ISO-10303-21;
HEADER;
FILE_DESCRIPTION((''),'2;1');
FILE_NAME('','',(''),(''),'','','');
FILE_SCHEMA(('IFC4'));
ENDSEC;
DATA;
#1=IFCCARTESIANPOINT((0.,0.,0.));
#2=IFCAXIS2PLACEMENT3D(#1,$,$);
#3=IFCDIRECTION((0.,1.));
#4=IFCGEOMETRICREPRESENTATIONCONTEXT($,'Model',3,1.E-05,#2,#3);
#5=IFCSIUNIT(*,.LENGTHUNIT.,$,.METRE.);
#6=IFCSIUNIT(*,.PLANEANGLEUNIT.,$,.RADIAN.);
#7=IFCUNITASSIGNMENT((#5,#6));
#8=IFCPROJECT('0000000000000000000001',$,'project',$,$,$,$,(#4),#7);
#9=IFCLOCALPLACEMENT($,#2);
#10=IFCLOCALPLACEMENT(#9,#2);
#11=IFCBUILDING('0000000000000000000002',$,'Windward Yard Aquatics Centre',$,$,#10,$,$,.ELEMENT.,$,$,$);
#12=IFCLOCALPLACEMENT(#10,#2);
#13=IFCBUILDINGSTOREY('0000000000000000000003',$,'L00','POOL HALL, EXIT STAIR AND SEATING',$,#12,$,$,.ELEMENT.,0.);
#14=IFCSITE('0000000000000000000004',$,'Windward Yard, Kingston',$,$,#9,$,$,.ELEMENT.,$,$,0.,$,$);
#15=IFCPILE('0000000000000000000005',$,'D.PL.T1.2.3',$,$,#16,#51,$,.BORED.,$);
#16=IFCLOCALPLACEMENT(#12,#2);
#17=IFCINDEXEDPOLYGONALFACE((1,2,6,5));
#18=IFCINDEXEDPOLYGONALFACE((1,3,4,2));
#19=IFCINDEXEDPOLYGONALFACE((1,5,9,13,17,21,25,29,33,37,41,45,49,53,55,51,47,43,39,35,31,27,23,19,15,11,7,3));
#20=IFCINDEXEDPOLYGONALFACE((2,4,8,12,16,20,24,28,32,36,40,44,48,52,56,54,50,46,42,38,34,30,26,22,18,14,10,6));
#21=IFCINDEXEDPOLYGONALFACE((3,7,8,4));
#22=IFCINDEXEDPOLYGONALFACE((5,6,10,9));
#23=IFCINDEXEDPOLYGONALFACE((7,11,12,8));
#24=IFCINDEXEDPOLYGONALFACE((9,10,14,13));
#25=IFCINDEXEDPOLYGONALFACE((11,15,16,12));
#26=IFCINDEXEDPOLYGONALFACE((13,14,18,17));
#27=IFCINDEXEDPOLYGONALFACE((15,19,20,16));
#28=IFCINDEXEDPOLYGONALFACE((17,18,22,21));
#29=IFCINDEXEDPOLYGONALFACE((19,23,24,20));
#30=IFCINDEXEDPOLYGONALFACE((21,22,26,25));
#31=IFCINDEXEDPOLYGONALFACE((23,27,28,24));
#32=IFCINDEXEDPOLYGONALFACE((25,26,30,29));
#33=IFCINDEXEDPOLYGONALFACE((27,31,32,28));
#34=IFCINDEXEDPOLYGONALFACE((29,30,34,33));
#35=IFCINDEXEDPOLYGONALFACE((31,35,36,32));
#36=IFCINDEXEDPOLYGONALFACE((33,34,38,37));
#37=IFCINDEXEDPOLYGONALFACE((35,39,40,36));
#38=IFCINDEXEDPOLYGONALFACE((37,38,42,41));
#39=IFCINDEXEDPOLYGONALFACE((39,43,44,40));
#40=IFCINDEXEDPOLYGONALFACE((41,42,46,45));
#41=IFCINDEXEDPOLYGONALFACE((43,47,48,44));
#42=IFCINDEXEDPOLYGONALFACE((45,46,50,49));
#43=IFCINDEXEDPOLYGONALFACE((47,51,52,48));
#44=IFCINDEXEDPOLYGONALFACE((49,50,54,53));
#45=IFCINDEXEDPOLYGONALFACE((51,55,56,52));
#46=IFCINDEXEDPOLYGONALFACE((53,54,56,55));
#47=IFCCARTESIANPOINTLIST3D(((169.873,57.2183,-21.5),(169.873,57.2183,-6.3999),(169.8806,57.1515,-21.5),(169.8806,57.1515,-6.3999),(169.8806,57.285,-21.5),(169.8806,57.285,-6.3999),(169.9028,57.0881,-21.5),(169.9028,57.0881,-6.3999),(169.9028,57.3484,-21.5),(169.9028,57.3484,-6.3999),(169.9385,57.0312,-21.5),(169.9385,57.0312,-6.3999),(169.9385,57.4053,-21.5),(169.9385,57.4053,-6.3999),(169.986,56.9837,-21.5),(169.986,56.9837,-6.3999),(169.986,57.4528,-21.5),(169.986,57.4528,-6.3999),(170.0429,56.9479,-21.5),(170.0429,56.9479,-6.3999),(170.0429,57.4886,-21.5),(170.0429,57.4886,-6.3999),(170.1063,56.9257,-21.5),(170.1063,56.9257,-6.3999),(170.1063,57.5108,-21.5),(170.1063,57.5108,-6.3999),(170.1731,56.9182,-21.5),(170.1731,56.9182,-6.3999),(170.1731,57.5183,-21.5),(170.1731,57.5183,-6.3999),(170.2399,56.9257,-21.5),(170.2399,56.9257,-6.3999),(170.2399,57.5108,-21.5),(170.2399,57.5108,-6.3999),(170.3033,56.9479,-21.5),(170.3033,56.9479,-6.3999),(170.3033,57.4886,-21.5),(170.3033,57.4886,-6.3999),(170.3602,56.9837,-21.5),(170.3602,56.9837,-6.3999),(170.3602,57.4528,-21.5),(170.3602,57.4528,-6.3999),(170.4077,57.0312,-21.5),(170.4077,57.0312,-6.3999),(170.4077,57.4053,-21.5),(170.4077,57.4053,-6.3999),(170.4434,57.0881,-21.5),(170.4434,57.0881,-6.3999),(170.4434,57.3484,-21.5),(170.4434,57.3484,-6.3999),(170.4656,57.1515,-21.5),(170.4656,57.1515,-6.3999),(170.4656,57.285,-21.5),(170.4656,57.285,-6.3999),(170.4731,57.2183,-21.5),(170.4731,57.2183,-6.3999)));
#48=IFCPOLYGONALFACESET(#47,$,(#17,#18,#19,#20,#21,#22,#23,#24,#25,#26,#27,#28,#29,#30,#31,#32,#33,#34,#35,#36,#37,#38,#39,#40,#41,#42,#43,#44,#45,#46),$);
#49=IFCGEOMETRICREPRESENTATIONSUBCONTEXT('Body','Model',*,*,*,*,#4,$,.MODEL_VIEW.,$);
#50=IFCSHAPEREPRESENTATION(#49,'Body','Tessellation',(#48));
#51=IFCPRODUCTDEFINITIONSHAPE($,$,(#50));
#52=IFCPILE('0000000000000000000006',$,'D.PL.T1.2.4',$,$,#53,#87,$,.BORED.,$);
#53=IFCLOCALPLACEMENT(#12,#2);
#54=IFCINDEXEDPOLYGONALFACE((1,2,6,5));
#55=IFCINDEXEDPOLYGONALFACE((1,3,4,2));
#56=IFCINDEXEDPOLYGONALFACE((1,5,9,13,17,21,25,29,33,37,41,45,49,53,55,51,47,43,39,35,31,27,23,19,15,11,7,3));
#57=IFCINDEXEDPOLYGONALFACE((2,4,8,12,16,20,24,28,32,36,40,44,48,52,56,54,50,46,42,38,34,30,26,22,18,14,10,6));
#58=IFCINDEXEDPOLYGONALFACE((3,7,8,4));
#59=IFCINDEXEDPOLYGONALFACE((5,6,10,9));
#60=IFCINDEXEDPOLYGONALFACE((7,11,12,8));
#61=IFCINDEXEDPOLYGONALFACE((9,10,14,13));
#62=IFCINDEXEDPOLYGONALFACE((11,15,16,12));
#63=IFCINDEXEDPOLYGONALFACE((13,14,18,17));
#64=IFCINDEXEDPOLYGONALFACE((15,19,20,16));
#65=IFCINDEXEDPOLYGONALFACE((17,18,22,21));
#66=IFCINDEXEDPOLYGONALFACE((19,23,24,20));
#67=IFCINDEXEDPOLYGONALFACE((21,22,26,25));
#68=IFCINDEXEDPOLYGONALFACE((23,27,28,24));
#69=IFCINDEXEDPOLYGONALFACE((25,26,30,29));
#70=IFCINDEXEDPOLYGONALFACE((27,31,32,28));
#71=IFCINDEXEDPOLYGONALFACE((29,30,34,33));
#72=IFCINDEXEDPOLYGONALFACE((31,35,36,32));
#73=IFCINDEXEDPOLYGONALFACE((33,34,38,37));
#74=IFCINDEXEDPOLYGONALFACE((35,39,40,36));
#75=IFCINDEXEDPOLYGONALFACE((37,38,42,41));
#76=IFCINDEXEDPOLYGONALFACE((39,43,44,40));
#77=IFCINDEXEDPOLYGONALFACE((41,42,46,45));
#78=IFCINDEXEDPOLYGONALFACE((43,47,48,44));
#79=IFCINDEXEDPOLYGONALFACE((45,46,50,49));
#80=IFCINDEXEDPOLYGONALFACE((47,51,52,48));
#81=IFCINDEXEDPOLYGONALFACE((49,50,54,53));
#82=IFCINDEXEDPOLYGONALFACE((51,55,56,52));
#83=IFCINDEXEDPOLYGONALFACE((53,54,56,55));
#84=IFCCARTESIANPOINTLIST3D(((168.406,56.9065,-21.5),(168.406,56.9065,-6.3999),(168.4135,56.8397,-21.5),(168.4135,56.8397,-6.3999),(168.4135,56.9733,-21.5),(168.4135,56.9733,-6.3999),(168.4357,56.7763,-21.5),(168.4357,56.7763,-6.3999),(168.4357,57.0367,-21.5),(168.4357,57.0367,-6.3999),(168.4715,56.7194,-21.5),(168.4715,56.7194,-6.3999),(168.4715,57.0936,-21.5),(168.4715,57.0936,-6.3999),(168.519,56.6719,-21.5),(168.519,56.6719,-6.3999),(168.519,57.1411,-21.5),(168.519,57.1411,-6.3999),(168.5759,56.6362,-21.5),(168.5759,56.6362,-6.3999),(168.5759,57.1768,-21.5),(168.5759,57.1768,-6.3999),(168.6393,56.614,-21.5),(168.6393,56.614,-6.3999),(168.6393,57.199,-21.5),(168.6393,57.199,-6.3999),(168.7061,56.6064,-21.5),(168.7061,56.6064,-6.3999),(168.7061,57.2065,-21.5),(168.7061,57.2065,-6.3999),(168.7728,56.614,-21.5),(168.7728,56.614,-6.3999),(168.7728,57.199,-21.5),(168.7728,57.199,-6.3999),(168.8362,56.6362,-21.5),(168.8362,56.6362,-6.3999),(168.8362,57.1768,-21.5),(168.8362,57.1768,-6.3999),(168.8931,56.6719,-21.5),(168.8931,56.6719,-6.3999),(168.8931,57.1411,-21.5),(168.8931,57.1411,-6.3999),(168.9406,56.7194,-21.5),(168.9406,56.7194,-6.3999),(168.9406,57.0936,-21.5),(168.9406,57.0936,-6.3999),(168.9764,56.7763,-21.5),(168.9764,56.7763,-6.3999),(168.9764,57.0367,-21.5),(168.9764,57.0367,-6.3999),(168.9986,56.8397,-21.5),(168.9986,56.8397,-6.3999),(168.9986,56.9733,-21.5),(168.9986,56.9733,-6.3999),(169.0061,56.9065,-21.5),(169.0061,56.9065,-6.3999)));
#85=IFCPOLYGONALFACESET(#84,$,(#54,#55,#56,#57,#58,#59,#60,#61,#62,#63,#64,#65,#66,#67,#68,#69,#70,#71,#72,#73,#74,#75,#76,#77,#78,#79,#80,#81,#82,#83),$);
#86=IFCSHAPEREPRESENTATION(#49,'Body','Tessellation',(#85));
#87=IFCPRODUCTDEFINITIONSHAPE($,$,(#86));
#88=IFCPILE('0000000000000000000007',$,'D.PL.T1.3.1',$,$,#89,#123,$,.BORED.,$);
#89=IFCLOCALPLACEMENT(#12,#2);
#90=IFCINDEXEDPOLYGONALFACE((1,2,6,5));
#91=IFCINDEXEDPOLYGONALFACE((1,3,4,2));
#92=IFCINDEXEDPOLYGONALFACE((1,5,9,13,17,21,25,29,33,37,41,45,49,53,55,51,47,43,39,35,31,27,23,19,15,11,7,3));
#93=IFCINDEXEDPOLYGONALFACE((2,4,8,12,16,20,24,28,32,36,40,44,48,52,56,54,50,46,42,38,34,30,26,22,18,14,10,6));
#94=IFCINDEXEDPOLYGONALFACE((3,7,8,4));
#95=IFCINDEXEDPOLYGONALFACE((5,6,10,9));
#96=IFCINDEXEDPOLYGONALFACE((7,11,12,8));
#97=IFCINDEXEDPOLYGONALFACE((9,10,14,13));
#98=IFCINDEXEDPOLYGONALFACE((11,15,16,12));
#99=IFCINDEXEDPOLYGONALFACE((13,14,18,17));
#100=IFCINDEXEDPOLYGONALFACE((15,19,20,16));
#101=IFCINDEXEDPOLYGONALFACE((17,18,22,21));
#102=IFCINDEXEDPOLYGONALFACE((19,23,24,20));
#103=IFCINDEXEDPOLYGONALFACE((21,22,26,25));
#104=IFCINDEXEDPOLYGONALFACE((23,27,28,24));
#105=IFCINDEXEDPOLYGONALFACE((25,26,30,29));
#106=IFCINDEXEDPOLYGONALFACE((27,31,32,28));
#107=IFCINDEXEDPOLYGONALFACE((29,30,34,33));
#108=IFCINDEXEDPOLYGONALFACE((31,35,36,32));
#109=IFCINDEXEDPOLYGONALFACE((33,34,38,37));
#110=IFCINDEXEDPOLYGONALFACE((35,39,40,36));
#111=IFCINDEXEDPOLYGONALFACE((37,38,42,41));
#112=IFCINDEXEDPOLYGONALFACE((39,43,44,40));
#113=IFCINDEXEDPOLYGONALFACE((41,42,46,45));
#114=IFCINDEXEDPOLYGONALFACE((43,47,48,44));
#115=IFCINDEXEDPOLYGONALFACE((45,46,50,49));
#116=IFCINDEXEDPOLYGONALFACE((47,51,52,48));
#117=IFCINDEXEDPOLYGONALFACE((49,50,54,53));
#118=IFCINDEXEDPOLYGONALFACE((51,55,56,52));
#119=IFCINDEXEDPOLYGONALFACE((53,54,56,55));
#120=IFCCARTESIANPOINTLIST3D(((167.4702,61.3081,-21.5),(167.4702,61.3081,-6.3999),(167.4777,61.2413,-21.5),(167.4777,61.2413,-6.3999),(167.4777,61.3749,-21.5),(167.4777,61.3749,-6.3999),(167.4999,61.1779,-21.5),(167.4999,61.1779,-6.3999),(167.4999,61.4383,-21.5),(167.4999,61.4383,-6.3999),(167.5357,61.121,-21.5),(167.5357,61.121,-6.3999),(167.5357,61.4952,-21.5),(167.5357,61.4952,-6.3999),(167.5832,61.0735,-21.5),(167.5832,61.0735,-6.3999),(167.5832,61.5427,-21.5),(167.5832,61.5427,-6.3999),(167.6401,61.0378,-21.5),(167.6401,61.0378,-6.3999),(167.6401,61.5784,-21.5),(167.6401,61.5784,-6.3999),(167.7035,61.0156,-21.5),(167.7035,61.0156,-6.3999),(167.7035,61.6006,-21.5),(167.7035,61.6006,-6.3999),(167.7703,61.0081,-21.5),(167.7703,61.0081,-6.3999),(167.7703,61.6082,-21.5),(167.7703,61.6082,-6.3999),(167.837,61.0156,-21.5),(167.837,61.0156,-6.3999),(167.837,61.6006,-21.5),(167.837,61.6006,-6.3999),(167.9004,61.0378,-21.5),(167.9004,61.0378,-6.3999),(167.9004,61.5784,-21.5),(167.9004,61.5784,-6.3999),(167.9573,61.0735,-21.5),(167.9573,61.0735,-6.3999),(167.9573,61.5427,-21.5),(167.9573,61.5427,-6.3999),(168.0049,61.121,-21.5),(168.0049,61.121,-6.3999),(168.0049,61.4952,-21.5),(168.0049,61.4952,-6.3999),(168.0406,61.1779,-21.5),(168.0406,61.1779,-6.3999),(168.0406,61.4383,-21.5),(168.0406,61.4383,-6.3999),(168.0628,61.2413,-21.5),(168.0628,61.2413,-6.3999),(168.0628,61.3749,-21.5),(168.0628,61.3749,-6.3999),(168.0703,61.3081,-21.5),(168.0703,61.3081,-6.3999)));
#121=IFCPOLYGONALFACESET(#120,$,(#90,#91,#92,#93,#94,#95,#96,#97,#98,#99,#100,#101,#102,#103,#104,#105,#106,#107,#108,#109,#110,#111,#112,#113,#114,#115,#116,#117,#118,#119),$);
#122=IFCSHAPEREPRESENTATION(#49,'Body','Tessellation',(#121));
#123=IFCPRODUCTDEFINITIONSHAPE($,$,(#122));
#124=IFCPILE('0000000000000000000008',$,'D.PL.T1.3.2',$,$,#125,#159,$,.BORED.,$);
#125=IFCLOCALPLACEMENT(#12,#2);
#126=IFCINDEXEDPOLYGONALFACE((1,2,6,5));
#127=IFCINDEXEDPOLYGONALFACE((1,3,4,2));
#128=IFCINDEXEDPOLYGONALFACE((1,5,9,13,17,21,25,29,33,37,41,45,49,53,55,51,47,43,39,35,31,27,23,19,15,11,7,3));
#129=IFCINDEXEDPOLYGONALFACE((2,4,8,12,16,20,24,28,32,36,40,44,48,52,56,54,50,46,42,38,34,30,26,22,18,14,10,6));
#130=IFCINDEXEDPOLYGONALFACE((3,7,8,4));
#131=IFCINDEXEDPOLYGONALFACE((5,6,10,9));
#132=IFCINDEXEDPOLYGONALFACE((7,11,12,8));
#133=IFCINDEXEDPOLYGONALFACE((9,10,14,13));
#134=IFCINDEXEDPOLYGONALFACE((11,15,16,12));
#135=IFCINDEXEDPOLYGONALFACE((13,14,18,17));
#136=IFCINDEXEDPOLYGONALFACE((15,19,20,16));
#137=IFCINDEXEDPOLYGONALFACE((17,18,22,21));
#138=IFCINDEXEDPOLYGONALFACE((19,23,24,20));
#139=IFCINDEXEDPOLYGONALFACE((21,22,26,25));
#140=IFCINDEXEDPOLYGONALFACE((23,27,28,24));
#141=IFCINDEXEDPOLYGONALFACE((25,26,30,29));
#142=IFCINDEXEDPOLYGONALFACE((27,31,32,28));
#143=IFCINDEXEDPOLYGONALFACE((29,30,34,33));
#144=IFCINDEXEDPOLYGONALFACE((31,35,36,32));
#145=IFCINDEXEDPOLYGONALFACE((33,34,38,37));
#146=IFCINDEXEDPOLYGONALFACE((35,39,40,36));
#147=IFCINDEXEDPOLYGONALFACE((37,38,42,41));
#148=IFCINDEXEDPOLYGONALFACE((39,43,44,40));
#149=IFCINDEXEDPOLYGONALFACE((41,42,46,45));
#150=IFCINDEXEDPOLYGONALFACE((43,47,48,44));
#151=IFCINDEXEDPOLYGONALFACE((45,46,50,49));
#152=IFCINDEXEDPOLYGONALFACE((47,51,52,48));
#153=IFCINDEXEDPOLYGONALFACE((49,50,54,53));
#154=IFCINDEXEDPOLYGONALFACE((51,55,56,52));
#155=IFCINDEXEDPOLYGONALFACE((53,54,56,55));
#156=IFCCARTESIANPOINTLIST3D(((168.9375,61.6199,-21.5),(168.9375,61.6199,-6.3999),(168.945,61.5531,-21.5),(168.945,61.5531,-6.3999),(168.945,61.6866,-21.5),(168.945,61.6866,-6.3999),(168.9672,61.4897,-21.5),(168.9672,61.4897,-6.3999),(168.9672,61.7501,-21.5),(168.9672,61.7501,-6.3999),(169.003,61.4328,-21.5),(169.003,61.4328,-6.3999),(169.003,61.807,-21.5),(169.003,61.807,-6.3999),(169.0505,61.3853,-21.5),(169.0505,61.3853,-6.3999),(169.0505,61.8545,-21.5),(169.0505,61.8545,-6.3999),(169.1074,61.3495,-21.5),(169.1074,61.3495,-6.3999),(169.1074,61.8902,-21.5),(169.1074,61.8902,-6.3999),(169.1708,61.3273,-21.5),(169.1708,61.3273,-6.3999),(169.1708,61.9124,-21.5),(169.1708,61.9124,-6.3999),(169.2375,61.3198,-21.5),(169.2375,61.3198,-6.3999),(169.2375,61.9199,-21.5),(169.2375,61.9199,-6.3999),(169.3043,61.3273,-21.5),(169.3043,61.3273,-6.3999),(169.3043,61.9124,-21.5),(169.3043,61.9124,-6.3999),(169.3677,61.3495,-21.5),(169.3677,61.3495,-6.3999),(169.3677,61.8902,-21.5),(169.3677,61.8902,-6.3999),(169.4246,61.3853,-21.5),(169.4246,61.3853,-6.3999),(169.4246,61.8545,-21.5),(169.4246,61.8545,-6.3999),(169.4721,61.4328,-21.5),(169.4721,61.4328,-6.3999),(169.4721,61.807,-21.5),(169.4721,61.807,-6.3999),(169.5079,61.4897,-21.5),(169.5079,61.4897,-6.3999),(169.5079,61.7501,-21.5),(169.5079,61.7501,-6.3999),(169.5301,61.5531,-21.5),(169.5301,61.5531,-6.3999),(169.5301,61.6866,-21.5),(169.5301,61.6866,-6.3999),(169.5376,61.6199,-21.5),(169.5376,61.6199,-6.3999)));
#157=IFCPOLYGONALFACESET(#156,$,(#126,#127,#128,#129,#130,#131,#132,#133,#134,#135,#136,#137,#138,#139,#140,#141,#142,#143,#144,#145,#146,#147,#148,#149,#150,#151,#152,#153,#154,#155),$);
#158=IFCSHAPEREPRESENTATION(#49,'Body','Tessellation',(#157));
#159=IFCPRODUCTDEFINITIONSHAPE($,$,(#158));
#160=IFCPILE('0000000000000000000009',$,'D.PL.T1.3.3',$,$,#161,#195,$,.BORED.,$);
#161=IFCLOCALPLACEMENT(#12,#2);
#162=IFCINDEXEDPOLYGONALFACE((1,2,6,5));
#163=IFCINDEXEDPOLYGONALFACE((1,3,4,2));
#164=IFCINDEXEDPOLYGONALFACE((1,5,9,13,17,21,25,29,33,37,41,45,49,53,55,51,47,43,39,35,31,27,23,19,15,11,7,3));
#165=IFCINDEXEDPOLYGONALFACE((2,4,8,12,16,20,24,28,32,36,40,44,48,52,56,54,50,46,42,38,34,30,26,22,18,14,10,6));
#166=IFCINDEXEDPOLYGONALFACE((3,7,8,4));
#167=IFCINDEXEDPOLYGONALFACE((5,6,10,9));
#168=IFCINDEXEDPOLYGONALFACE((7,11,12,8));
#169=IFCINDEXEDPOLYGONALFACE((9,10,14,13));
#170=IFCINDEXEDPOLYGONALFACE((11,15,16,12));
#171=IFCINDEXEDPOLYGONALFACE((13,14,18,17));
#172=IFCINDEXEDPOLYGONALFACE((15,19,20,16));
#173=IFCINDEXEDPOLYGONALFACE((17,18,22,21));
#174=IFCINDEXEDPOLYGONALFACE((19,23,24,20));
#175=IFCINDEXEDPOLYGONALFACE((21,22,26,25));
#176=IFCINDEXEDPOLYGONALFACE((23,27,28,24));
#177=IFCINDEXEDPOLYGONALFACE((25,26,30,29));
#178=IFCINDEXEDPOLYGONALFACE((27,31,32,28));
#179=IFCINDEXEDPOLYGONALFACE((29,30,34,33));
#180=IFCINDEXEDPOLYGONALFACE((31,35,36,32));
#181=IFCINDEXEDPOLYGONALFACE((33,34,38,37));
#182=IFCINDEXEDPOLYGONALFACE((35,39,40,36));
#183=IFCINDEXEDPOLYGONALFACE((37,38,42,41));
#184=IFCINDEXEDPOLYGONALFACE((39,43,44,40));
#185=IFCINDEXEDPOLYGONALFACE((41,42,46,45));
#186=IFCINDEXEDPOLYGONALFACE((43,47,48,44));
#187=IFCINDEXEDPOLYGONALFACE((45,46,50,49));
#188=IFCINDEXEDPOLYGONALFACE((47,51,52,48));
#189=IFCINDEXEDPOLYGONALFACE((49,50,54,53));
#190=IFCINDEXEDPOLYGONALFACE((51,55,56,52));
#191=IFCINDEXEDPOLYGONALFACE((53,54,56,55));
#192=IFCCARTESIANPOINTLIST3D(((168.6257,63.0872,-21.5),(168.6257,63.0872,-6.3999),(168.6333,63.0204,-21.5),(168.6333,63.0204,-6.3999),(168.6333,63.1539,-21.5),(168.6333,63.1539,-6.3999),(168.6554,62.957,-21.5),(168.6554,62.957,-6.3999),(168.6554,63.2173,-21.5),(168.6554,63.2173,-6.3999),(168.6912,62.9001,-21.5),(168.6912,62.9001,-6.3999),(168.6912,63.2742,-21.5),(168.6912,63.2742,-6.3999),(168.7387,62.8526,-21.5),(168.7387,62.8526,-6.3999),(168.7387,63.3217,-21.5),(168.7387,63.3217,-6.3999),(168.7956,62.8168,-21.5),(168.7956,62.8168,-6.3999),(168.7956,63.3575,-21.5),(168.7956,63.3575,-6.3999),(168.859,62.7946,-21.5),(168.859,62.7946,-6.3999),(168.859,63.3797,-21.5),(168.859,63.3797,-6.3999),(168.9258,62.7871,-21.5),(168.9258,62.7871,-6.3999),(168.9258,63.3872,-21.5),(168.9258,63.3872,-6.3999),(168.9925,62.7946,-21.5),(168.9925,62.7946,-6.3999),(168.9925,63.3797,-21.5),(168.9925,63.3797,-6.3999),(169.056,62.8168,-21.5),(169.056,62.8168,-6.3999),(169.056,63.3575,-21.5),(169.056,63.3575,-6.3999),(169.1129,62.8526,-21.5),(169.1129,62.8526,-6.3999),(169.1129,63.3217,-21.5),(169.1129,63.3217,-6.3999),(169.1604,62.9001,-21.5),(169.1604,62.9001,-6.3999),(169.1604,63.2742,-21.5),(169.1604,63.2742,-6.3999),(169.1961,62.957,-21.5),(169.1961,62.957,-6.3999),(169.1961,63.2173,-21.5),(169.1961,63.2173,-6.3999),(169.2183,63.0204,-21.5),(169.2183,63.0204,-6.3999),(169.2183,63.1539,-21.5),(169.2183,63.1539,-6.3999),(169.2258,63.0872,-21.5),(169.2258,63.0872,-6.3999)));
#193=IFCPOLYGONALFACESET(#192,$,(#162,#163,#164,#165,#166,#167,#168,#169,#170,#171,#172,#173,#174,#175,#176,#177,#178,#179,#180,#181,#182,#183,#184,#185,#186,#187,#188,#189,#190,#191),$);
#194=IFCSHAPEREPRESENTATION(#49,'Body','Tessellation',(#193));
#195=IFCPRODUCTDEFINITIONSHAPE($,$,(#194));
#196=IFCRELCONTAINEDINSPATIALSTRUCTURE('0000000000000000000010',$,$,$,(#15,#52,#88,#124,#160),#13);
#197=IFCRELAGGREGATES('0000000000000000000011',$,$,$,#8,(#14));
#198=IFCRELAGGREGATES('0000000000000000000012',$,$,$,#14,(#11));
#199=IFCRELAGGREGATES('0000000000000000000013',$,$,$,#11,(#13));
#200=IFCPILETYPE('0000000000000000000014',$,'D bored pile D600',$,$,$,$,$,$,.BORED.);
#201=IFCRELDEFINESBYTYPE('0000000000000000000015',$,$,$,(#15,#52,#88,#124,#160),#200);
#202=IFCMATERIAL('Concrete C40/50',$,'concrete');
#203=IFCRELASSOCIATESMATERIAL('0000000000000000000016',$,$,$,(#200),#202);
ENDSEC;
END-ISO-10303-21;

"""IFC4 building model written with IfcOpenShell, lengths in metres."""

from ifc_helpers import new_model, si_unit, direction, frame, origin, origin_2d, place, context, subcontext, project, spatial, circle, extrude, material, material_profile, profile_set, type_object, element, save


model = new_model("IFC4")

# Units and contexts
model_context = context("Model", 3, precision=1e-05, world=origin(), true_north=direction((0.0, 1.0)))
body_context = subcontext(model_context, "Body", "Model", "MODEL_VIEW")
ifc_project = project(units=[si_unit("LENGTHUNIT", "METRE"), si_unit("PLANEANGLEUNIT", "RADIAN")], contexts=[model_context])

# Site, building, storey
site_placement = place(None, origin())
site = spatial("IfcSite", under=ifc_project, at=site_placement, Name="Windward Yard, Kingston", CompositionType="ELEMENT", RefElevation=0.0)
building_placement = place(site_placement, origin())
building = spatial("IfcBuilding", under=site, at=building_placement, Name="Windward Yard Aquatics Centre", CompositionType="ELEMENT")
storey_placement = place(building_placement, origin())
storey = spatial("IfcBuildingStorey", under=building, at=storey_placement, Name="L00", Description="POOL HALL, EXIT STAIR AND SEATING", CompositionType="ELEMENT", Elevation=0.0)

# Piles
ifc_material_1 = material(Name="Concrete C40/50", Category="concrete")
ifc_material_profile_1 = material_profile(ifc_material_1, circle(Radius=0.3, at=origin_2d()), Name="RC D600")
ifc_profile_set_1 = profile_set([ifc_material_profile_1], Name="Concrete C40/50")
pile_type = type_object("IfcPileType", Name="D bored pile D600", PredefinedType="BORED", material=ifc_profile_set_1)
for number, where, z_axis, x_axis, name in (
    (1, (170.1731, 57.2183, -6.3999), (0.0, 0.0, -1.0), (1.0, 0.0, 0.0), "D.PL.T1.2.3"),
    (2, (168.7061, 56.9065, -6.3999), (0.0, 0.0, -1.0), (1.0, 0.0, 0.0), "D.PL.T1.2.4"),
    (3, (167.7703, 61.3081, -6.3999), (0.0, 0.0, -1.0), (1.0, 0.0, 0.0), "D.PL.T1.3.1"),
    (4, (169.2375, 61.6199, -6.3999), (0.0, 0.0, -1.0), (1.0, 0.0, 0.0), "D.PL.T1.3.2"),
    (5, (168.9258, 63.0872, -6.3999), (0.0, 0.0, -1.0), (1.0, 0.0, 0.0), "D.PL.T1.3.3"),
):
    element("IfcPile", number, at=place(storey_placement, frame(where, z_axis=z_axis, x_axis=x_axis)), inside=storey, type_object=pile_type, Name=name, PredefinedType="BORED", context=body_context, shape_type="SweptSolid", body=[
        extrude(circle(Radius=0.3, at=origin_2d()), origin(), (0.0, 0.0, 1.0), 15.1001),
    ])

save(model, "model.ifc")
